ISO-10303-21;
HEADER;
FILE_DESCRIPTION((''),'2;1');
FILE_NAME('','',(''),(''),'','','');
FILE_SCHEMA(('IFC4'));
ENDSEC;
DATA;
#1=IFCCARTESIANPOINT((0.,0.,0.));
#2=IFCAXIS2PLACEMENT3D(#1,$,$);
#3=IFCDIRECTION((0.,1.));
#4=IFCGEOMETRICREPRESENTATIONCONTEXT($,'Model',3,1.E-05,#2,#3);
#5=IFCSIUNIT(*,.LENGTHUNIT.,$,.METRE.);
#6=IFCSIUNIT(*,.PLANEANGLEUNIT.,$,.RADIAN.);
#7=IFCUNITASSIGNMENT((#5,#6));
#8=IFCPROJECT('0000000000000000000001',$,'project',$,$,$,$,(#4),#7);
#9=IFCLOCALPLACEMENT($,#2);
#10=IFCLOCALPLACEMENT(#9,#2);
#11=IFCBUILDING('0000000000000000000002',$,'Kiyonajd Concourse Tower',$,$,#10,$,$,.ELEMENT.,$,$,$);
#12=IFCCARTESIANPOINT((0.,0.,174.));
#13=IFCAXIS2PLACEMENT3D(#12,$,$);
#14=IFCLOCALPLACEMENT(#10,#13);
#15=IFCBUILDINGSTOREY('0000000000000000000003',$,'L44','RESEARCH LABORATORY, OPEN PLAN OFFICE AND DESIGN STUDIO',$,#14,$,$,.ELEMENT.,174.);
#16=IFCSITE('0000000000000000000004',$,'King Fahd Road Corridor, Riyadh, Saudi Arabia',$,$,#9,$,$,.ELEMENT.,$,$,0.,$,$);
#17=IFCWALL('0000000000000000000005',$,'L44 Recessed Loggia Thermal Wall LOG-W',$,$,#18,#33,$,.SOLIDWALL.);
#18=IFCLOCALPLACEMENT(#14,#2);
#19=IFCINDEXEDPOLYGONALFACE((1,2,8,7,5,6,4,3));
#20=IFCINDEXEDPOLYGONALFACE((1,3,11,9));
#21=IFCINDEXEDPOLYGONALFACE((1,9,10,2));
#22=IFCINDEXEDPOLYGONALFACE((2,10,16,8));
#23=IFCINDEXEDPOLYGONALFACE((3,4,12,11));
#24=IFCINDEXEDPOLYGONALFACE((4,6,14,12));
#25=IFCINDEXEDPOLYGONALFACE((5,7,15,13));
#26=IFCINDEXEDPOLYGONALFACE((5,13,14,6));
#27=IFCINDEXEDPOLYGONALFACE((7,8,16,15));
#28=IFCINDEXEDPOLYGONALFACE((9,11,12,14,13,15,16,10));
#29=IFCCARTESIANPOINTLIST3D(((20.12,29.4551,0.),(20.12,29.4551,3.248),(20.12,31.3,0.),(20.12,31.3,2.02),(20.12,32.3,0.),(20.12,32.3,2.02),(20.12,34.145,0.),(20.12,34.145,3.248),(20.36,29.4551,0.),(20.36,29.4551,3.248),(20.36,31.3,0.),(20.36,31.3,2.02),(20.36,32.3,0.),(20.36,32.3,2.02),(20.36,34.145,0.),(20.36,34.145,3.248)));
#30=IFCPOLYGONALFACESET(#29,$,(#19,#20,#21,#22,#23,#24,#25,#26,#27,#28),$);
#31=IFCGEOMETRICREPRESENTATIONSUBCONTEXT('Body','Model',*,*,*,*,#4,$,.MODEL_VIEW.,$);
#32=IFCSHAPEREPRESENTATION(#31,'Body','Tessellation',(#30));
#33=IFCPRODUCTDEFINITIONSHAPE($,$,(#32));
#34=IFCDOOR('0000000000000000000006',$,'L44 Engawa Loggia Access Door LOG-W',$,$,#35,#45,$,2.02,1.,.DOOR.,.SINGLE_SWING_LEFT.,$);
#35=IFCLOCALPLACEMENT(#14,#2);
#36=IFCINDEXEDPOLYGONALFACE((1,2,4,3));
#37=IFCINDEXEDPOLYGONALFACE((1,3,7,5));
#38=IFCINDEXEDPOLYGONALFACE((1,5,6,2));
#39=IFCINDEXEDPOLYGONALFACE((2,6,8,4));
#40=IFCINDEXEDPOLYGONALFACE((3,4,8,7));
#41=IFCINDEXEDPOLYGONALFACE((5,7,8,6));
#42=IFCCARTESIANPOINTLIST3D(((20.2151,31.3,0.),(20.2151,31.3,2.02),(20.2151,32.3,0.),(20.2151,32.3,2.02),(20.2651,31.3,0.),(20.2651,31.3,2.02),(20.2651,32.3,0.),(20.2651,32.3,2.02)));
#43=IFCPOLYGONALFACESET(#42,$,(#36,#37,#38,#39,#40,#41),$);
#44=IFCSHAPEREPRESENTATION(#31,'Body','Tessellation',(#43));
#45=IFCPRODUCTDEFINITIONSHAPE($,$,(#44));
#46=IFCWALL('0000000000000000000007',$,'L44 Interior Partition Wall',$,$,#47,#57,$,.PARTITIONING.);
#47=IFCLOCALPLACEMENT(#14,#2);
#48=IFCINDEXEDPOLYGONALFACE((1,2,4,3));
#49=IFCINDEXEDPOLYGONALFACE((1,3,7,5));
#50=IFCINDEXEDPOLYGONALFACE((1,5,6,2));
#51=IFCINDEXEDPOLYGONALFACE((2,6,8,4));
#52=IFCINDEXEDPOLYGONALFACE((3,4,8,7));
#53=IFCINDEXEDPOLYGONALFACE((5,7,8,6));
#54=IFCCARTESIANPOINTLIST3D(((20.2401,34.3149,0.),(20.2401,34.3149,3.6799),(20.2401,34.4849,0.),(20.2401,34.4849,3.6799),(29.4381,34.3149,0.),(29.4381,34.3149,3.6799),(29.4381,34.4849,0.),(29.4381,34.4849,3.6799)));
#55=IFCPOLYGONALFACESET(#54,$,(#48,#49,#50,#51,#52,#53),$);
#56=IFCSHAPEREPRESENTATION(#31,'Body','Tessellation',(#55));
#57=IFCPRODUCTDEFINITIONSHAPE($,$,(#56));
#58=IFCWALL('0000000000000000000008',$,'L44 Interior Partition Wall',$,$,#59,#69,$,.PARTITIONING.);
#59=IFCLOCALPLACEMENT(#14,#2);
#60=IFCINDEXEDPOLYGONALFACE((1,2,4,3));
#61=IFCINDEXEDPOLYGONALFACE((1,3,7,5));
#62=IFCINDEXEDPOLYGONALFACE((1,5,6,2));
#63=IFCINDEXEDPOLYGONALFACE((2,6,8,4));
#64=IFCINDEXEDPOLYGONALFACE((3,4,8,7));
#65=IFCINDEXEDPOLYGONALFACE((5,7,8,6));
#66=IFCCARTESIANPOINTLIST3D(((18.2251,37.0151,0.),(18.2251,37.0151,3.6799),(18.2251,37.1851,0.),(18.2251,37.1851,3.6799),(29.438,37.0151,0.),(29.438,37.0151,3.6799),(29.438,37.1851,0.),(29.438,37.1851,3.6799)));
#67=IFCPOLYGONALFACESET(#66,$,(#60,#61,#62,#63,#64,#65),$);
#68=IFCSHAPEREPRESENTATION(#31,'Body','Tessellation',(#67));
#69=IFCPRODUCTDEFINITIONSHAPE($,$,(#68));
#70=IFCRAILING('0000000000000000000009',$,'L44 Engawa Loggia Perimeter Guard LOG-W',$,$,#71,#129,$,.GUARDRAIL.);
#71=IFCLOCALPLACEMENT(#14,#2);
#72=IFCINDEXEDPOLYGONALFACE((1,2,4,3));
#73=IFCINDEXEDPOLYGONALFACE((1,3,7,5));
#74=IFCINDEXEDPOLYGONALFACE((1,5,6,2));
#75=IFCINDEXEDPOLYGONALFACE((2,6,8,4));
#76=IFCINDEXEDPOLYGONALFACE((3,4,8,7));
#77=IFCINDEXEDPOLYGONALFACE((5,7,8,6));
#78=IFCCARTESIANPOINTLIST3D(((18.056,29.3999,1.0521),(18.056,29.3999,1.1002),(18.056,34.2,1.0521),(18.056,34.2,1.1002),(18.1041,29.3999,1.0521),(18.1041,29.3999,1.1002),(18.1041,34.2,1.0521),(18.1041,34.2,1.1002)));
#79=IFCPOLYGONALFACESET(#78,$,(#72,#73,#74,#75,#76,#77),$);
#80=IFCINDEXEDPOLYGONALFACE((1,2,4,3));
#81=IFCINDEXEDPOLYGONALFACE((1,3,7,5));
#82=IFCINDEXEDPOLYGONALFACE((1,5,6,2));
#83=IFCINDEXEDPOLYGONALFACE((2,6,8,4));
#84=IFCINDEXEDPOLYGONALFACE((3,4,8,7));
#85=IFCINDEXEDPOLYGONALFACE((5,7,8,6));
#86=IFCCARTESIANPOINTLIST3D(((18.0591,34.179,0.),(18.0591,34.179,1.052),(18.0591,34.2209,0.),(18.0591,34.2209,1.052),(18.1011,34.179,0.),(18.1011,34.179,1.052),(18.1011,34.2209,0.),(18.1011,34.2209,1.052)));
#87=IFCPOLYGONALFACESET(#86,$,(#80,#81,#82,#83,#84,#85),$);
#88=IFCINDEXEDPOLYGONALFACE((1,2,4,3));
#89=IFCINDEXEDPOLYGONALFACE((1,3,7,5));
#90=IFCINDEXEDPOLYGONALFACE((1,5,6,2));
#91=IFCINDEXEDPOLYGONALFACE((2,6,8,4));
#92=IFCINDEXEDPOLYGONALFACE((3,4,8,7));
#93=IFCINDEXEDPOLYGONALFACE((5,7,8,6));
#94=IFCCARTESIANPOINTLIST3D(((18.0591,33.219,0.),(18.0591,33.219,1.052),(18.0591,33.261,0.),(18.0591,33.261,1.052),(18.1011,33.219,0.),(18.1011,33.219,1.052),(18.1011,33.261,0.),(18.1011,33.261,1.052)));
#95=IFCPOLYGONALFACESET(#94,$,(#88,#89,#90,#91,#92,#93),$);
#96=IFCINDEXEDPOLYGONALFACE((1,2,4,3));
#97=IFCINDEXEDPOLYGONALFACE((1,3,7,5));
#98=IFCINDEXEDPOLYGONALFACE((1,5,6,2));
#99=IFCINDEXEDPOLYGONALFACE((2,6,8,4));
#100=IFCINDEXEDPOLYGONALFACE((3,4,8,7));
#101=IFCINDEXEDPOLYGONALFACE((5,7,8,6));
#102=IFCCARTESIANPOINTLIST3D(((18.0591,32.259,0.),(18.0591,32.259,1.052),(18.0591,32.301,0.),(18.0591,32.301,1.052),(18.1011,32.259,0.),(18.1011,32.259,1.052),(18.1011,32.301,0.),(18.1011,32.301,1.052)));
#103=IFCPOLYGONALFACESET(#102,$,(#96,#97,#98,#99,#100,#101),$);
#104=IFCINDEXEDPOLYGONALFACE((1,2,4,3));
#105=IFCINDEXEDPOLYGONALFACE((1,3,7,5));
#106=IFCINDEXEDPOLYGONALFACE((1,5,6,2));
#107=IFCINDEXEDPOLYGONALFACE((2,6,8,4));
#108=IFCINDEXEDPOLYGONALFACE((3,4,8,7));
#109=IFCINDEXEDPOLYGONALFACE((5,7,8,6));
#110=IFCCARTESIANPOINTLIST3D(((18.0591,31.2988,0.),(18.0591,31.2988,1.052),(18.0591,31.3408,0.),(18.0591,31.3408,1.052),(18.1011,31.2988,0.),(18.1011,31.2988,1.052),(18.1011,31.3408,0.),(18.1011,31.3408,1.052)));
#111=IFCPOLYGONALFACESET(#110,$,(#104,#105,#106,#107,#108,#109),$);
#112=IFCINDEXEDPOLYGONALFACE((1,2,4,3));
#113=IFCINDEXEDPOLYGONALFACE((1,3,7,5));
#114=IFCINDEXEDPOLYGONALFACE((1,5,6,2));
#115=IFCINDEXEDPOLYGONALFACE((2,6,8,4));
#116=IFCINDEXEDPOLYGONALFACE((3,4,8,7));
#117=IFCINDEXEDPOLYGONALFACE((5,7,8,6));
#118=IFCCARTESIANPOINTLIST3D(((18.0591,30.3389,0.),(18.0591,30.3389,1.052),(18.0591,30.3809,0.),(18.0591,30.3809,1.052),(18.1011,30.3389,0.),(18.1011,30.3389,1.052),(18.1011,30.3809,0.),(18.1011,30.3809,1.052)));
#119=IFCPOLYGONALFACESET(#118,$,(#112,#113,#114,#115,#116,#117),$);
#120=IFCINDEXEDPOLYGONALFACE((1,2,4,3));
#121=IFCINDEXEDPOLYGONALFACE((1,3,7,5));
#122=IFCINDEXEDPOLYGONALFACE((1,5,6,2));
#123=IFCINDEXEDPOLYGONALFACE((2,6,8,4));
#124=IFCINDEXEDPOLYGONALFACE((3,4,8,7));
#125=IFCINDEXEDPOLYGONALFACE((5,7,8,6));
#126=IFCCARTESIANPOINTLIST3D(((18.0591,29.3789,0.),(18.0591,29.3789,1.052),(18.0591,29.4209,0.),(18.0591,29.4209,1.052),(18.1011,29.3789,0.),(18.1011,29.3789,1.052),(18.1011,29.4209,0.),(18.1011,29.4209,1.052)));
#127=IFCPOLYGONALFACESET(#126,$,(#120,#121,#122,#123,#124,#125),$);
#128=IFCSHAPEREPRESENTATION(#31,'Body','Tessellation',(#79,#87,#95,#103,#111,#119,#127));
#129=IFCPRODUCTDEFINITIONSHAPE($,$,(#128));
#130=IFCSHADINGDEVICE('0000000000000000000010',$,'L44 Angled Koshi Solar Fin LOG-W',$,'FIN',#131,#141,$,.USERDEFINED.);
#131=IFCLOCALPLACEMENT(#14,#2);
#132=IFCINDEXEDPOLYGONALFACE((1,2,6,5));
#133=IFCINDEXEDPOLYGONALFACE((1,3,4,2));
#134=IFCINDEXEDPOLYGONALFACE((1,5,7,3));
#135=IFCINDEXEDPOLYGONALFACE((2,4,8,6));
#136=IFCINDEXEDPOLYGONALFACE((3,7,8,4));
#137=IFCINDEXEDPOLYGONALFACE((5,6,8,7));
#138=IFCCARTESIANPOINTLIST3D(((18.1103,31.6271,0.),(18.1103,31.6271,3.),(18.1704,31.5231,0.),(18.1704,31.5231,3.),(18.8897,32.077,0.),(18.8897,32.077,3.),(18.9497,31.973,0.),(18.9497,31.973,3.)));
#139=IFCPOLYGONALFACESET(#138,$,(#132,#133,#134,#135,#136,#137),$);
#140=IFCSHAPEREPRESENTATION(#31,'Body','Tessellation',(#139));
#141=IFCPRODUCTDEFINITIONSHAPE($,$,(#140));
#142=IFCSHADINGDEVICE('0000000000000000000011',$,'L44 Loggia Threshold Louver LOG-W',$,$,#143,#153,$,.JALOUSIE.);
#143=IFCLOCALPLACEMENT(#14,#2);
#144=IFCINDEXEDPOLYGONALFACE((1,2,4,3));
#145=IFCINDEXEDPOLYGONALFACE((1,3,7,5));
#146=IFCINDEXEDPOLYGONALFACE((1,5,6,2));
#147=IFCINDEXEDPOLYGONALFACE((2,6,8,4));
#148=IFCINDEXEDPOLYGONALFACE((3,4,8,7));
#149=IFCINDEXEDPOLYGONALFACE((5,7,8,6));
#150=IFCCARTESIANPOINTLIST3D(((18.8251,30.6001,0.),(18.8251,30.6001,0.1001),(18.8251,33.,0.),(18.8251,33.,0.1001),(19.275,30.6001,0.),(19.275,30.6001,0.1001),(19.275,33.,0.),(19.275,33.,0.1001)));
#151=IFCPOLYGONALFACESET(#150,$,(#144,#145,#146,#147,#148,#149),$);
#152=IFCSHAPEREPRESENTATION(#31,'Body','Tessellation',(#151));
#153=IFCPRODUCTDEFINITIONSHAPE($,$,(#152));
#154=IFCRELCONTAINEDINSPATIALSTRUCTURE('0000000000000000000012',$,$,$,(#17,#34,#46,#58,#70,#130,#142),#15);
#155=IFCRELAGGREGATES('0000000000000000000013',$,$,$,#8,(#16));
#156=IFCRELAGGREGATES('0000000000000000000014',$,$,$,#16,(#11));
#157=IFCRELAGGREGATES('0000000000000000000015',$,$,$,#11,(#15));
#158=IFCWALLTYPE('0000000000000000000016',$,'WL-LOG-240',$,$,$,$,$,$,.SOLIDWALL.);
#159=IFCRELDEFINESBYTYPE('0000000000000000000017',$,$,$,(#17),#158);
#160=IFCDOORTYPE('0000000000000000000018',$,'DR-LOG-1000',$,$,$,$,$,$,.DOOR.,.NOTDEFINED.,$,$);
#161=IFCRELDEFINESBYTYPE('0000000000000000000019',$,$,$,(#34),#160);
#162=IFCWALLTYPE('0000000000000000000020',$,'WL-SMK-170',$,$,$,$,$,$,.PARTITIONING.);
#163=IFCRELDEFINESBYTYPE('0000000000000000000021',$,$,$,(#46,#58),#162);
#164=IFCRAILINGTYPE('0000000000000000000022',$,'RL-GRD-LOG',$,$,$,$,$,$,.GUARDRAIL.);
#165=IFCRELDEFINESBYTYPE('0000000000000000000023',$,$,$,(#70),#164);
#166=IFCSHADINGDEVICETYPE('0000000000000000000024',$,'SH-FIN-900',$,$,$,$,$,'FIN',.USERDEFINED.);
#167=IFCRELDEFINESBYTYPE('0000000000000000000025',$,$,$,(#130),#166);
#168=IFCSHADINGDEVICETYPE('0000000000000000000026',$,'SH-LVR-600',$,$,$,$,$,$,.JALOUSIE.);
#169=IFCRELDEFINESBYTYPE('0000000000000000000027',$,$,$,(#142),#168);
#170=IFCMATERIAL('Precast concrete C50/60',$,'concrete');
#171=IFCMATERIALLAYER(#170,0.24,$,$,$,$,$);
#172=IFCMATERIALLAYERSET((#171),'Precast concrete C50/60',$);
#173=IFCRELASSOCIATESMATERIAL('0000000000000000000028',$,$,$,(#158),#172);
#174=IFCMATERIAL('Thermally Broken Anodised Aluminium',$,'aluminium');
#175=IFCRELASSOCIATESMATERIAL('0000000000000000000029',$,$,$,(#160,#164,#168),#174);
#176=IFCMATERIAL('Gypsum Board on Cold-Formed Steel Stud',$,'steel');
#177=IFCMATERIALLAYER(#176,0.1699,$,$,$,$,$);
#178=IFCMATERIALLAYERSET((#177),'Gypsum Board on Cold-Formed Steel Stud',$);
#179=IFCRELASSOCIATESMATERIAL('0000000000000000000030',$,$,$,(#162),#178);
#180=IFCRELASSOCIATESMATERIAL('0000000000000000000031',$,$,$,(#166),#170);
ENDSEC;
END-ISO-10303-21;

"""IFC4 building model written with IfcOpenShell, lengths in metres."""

from ifc_helpers import new_model, si_unit, direction, frame, frame_2d, origin, origin_2d, place, context, subcontext, project, spatial, rectangle, extrude, material, layer, layer_set, type_object, element, fill, save


model = new_model("IFC4")

# Units and contexts
model_context = context("Model", 3, precision=1e-05, world=origin(), true_north=direction((0.0, 1.0)))
body_context = subcontext(model_context, "Body", "Model", "MODEL_VIEW")
ifc_project = project(units=[si_unit("LENGTHUNIT", "METRE"), si_unit("PLANEANGLEUNIT", "RADIAN")], contexts=[model_context])

# Site, building, storey
site_placement = place(None, origin())
site = spatial("IfcSite", under=ifc_project, at=site_placement, Name="King Fahd Road Corridor, Riyadh, Saudi Arabia", CompositionType="ELEMENT", RefElevation=0.0)
building_placement = place(site_placement, origin())
building = spatial("IfcBuilding", under=site, at=building_placement, Name="Kiyonajd Concourse Tower", CompositionType="ELEMENT")
storey_placement = place(building_placement, frame((0.0, 0.0, 174.0)))
storey = spatial("IfcBuildingStorey", under=building, at=storey_placement, Name="L44", Description="RESEARCH LABORATORY, OPEN PLAN OFFICE AND DESIGN STUDIO", CompositionType="ELEMENT", Elevation=174.0)

# Shared definitions
ifc_material_1 = material(Name="Thermally Broken Anodised Aluminium", Category="aluminium")

# Shared definitions
ifc_material_2 = material(Name="Precast concrete C50/60", Category="concrete")

# Wall, opening, door
ifc_layer_1 = layer(ifc_material_2, 0.24)
ifc_layer_set_1 = layer_set([ifc_layer_1], Name="Precast concrete C50/60")
wall_type_1 = type_object("IfcWallType", Name="WL-LOG-240", PredefinedType="SOLIDWALL", material=ifc_layer_set_1)
wall_1_placement = place(storey_placement, frame((20.24, 29.4551, 0.0), z_axis=(0.0, 0.0, 1.0), x_axis=(0.0, 1.0, 0.0)))
wall_1 = element("IfcWall", 1, at=wall_1_placement, inside=storey, type_object=wall_type_1, Name="L44 Recessed Loggia Thermal Wall LOG-W", PredefinedType="SOLIDWALL", context=body_context, shape_type="SweptSolid", body=[
    extrude(rectangle(XDim=4.6899, YDim=0.24, at=frame_2d((2.345, 0.0))), origin(), (0.0, 0.0, 1.0), 3.248),
])
opening_placement = place(wall_1_placement, frame((1.845, 0.0, 0.0)))
opening = element("IfcOpeningElement", 2, at=opening_placement, cuts=wall_1, PredefinedType="OPENING", context=body_context, shape_type="SweptSolid", body=[
    extrude(rectangle(XDim=1.0, YDim=2.02, at=frame_2d((0.5, 1.01))), frame((0.0, 0.1299, 0.0), z_axis=(0.0, -1.0, 0.0), x_axis=(1.0, 0.0, 0.0)), (0.0, 0.0, 1.0), 0.26),
])
door_type = type_object("IfcDoorType", Name="DR-LOG-1000", OperationType="NOTDEFINED", PredefinedType="DOOR", material=ifc_material_1)
door_placement = place(opening_placement, origin())
door = element("IfcDoor", 3, at=door_placement, inside=storey, type_object=door_type, Name="L44 Engawa Loggia Access Door LOG-W", OperationType="SINGLE_SWING_LEFT", OverallHeight=2.02, OverallWidth=1.0, PredefinedType="DOOR", context=body_context, shape_type="SweptSolid", body=[
    extrude(rectangle(XDim=1.0, YDim=2.02, at=frame_2d((0.5, 1.01))), frame((0.0, 0.0249, 0.0), z_axis=(0.0, -1.0, 0.0), x_axis=(1.0, 0.0, 0.0)), (0.0, 0.0, 1.0), 0.05),
])
fill(opening, door)

# Walls
ifc_material_3 = material(Name="Gypsum Board on Cold-Formed Steel Stud", Category="steel")
ifc_layer_2 = layer(ifc_material_3, 0.1699)
ifc_layer_set_2 = layer_set([ifc_layer_2], Name="Gypsum Board on Cold-Formed Steel Stud")
wall_type_2 = type_object("IfcWallType", Name="WL-SMK-170", PredefinedType="PARTITIONING", material=ifc_layer_set_2)
wall_2_placement = place(storey_placement, frame((20.24, 34.3999, 0.0), z_axis=(0.0, 0.0, 1.0), x_axis=(1.0, 0.0, 0.0)))
element("IfcWall", 4, at=wall_2_placement, inside=storey, type_object=wall_type_2, Name="L44 Interior Partition Wall", PredefinedType="PARTITIONING", context=body_context, shape_type="SweptSolid", body=[
    extrude(rectangle(XDim=9.198, YDim=0.1699, at=frame_2d((4.5991, 0.0))), origin(), (0.0, 0.0, 1.0), 3.6799),
])
wall_3_placement = place(storey_placement, frame((18.2251, 37.1001, 0.0), z_axis=(0.0, 0.0, 1.0), x_axis=(1.0, 0.0, 0.0)))
element("IfcWall", 5, at=wall_3_placement, inside=storey, type_object=wall_type_2, Name="L44 Interior Partition Wall", PredefinedType="PARTITIONING", context=body_context, shape_type="SweptSolid", body=[
    extrude(rectangle(XDim=11.2129, YDim=0.1699, at=frame_2d((5.6064, 0.0))), origin(), (0.0, 0.0, 1.0), 3.6799),
])

# Railing
railing_type = type_object("IfcRailingType", Name="RL-GRD-LOG", PredefinedType="GUARDRAIL", material=ifc_material_1)
railing_placement = place(storey_placement, frame((18.0801, 34.2, 0.0)))
element("IfcRailing", 6, at=railing_placement, inside=storey, type_object=railing_type, Name="L44 Engawa Loggia Perimeter Guard LOG-W", PredefinedType="GUARDRAIL", context=body_context, shape_type="SweptSolid", body=[
    extrude(rectangle(XDim=0.0481, YDim=0.0481, at=origin_2d()), frame((0.0, 0.0, 1.0762), z_axis=(0.0, -1.0, 0.0), x_axis=(1.0, 0.0, 0.0)), (0.0, 0.0, 1.0), 4.8),
    extrude(rectangle(XDim=0.042, YDim=0.042, at=origin_2d()), origin(), (0.0, 0.0, 1.0), 1.052),
    extrude(rectangle(XDim=0.042, YDim=0.042, at=origin_2d()), frame((0.0, -0.96, 0.0)), (0.0, 0.0, 1.0), 1.052),
    extrude(rectangle(XDim=0.042, YDim=0.042, at=origin_2d()), frame((0.0, -1.9199, 0.0)), (0.0, 0.0, 1.0), 1.052),
    extrude(rectangle(XDim=0.042, YDim=0.042, at=origin_2d()), frame((0.0, -2.8801, 0.0)), (0.0, 0.0, 1.0), 1.052),
    extrude(rectangle(XDim=0.042, YDim=0.042, at=origin_2d()), frame((0.0, -3.8401, 0.0)), (0.0, 0.0, 1.0), 1.052),
    extrude(rectangle(XDim=0.042, YDim=0.042, at=origin_2d()), frame((0.0, -4.8, 0.0)), (0.0, 0.0, 1.0), 1.052),
])

# Shading devices
shading_device_type_1 = type_object("IfcShadingDeviceType", Name="SH-FIN-900", ElementType="FIN", PredefinedType="USERDEFINED", material=ifc_material_2)
shading_device_1_placement = place(storey_placement, frame((18.53, 31.8, 0.0), z_axis=(0.0, 0.0, 1.0), x_axis=(0.866025, 0.5, 0.0)))
element("IfcShadingDevice", 7, at=shading_device_1_placement, inside=storey, type_object=shading_device_type_1, Name="L44 Angled Koshi Solar Fin LOG-W", ObjectType="FIN", PredefinedType="USERDEFINED", context=body_context, shape_type="SweptSolid", body=[
    extrude(rectangle(XDim=0.8999, YDim=0.1201, at=origin_2d()), origin(), (0.0, 0.0, 1.0), 3.0),
])
shading_device_type_2 = type_object("IfcShadingDeviceType", Name="SH-LVR-600", PredefinedType="JALOUSIE", material=ifc_material_1)
shading_device_2_placement = place(storey_placement, frame((19.05, 31.8, 0.0), z_axis=(0.0, 0.0, 1.0), x_axis=(0.0, 1.0, 0.0)))
element("IfcShadingDevice", 8, at=shading_device_2_placement, inside=storey, type_object=shading_device_type_2, Name="L44 Loggia Threshold Louver LOG-W", PredefinedType="JALOUSIE", context=body_context, shape_type="SweptSolid", body=[
    extrude(rectangle(XDim=2.3999, YDim=0.45, at=origin_2d()), origin(), (0.0, 0.0, 1.0), 0.1001),
])

save(model, "model.ifc")
